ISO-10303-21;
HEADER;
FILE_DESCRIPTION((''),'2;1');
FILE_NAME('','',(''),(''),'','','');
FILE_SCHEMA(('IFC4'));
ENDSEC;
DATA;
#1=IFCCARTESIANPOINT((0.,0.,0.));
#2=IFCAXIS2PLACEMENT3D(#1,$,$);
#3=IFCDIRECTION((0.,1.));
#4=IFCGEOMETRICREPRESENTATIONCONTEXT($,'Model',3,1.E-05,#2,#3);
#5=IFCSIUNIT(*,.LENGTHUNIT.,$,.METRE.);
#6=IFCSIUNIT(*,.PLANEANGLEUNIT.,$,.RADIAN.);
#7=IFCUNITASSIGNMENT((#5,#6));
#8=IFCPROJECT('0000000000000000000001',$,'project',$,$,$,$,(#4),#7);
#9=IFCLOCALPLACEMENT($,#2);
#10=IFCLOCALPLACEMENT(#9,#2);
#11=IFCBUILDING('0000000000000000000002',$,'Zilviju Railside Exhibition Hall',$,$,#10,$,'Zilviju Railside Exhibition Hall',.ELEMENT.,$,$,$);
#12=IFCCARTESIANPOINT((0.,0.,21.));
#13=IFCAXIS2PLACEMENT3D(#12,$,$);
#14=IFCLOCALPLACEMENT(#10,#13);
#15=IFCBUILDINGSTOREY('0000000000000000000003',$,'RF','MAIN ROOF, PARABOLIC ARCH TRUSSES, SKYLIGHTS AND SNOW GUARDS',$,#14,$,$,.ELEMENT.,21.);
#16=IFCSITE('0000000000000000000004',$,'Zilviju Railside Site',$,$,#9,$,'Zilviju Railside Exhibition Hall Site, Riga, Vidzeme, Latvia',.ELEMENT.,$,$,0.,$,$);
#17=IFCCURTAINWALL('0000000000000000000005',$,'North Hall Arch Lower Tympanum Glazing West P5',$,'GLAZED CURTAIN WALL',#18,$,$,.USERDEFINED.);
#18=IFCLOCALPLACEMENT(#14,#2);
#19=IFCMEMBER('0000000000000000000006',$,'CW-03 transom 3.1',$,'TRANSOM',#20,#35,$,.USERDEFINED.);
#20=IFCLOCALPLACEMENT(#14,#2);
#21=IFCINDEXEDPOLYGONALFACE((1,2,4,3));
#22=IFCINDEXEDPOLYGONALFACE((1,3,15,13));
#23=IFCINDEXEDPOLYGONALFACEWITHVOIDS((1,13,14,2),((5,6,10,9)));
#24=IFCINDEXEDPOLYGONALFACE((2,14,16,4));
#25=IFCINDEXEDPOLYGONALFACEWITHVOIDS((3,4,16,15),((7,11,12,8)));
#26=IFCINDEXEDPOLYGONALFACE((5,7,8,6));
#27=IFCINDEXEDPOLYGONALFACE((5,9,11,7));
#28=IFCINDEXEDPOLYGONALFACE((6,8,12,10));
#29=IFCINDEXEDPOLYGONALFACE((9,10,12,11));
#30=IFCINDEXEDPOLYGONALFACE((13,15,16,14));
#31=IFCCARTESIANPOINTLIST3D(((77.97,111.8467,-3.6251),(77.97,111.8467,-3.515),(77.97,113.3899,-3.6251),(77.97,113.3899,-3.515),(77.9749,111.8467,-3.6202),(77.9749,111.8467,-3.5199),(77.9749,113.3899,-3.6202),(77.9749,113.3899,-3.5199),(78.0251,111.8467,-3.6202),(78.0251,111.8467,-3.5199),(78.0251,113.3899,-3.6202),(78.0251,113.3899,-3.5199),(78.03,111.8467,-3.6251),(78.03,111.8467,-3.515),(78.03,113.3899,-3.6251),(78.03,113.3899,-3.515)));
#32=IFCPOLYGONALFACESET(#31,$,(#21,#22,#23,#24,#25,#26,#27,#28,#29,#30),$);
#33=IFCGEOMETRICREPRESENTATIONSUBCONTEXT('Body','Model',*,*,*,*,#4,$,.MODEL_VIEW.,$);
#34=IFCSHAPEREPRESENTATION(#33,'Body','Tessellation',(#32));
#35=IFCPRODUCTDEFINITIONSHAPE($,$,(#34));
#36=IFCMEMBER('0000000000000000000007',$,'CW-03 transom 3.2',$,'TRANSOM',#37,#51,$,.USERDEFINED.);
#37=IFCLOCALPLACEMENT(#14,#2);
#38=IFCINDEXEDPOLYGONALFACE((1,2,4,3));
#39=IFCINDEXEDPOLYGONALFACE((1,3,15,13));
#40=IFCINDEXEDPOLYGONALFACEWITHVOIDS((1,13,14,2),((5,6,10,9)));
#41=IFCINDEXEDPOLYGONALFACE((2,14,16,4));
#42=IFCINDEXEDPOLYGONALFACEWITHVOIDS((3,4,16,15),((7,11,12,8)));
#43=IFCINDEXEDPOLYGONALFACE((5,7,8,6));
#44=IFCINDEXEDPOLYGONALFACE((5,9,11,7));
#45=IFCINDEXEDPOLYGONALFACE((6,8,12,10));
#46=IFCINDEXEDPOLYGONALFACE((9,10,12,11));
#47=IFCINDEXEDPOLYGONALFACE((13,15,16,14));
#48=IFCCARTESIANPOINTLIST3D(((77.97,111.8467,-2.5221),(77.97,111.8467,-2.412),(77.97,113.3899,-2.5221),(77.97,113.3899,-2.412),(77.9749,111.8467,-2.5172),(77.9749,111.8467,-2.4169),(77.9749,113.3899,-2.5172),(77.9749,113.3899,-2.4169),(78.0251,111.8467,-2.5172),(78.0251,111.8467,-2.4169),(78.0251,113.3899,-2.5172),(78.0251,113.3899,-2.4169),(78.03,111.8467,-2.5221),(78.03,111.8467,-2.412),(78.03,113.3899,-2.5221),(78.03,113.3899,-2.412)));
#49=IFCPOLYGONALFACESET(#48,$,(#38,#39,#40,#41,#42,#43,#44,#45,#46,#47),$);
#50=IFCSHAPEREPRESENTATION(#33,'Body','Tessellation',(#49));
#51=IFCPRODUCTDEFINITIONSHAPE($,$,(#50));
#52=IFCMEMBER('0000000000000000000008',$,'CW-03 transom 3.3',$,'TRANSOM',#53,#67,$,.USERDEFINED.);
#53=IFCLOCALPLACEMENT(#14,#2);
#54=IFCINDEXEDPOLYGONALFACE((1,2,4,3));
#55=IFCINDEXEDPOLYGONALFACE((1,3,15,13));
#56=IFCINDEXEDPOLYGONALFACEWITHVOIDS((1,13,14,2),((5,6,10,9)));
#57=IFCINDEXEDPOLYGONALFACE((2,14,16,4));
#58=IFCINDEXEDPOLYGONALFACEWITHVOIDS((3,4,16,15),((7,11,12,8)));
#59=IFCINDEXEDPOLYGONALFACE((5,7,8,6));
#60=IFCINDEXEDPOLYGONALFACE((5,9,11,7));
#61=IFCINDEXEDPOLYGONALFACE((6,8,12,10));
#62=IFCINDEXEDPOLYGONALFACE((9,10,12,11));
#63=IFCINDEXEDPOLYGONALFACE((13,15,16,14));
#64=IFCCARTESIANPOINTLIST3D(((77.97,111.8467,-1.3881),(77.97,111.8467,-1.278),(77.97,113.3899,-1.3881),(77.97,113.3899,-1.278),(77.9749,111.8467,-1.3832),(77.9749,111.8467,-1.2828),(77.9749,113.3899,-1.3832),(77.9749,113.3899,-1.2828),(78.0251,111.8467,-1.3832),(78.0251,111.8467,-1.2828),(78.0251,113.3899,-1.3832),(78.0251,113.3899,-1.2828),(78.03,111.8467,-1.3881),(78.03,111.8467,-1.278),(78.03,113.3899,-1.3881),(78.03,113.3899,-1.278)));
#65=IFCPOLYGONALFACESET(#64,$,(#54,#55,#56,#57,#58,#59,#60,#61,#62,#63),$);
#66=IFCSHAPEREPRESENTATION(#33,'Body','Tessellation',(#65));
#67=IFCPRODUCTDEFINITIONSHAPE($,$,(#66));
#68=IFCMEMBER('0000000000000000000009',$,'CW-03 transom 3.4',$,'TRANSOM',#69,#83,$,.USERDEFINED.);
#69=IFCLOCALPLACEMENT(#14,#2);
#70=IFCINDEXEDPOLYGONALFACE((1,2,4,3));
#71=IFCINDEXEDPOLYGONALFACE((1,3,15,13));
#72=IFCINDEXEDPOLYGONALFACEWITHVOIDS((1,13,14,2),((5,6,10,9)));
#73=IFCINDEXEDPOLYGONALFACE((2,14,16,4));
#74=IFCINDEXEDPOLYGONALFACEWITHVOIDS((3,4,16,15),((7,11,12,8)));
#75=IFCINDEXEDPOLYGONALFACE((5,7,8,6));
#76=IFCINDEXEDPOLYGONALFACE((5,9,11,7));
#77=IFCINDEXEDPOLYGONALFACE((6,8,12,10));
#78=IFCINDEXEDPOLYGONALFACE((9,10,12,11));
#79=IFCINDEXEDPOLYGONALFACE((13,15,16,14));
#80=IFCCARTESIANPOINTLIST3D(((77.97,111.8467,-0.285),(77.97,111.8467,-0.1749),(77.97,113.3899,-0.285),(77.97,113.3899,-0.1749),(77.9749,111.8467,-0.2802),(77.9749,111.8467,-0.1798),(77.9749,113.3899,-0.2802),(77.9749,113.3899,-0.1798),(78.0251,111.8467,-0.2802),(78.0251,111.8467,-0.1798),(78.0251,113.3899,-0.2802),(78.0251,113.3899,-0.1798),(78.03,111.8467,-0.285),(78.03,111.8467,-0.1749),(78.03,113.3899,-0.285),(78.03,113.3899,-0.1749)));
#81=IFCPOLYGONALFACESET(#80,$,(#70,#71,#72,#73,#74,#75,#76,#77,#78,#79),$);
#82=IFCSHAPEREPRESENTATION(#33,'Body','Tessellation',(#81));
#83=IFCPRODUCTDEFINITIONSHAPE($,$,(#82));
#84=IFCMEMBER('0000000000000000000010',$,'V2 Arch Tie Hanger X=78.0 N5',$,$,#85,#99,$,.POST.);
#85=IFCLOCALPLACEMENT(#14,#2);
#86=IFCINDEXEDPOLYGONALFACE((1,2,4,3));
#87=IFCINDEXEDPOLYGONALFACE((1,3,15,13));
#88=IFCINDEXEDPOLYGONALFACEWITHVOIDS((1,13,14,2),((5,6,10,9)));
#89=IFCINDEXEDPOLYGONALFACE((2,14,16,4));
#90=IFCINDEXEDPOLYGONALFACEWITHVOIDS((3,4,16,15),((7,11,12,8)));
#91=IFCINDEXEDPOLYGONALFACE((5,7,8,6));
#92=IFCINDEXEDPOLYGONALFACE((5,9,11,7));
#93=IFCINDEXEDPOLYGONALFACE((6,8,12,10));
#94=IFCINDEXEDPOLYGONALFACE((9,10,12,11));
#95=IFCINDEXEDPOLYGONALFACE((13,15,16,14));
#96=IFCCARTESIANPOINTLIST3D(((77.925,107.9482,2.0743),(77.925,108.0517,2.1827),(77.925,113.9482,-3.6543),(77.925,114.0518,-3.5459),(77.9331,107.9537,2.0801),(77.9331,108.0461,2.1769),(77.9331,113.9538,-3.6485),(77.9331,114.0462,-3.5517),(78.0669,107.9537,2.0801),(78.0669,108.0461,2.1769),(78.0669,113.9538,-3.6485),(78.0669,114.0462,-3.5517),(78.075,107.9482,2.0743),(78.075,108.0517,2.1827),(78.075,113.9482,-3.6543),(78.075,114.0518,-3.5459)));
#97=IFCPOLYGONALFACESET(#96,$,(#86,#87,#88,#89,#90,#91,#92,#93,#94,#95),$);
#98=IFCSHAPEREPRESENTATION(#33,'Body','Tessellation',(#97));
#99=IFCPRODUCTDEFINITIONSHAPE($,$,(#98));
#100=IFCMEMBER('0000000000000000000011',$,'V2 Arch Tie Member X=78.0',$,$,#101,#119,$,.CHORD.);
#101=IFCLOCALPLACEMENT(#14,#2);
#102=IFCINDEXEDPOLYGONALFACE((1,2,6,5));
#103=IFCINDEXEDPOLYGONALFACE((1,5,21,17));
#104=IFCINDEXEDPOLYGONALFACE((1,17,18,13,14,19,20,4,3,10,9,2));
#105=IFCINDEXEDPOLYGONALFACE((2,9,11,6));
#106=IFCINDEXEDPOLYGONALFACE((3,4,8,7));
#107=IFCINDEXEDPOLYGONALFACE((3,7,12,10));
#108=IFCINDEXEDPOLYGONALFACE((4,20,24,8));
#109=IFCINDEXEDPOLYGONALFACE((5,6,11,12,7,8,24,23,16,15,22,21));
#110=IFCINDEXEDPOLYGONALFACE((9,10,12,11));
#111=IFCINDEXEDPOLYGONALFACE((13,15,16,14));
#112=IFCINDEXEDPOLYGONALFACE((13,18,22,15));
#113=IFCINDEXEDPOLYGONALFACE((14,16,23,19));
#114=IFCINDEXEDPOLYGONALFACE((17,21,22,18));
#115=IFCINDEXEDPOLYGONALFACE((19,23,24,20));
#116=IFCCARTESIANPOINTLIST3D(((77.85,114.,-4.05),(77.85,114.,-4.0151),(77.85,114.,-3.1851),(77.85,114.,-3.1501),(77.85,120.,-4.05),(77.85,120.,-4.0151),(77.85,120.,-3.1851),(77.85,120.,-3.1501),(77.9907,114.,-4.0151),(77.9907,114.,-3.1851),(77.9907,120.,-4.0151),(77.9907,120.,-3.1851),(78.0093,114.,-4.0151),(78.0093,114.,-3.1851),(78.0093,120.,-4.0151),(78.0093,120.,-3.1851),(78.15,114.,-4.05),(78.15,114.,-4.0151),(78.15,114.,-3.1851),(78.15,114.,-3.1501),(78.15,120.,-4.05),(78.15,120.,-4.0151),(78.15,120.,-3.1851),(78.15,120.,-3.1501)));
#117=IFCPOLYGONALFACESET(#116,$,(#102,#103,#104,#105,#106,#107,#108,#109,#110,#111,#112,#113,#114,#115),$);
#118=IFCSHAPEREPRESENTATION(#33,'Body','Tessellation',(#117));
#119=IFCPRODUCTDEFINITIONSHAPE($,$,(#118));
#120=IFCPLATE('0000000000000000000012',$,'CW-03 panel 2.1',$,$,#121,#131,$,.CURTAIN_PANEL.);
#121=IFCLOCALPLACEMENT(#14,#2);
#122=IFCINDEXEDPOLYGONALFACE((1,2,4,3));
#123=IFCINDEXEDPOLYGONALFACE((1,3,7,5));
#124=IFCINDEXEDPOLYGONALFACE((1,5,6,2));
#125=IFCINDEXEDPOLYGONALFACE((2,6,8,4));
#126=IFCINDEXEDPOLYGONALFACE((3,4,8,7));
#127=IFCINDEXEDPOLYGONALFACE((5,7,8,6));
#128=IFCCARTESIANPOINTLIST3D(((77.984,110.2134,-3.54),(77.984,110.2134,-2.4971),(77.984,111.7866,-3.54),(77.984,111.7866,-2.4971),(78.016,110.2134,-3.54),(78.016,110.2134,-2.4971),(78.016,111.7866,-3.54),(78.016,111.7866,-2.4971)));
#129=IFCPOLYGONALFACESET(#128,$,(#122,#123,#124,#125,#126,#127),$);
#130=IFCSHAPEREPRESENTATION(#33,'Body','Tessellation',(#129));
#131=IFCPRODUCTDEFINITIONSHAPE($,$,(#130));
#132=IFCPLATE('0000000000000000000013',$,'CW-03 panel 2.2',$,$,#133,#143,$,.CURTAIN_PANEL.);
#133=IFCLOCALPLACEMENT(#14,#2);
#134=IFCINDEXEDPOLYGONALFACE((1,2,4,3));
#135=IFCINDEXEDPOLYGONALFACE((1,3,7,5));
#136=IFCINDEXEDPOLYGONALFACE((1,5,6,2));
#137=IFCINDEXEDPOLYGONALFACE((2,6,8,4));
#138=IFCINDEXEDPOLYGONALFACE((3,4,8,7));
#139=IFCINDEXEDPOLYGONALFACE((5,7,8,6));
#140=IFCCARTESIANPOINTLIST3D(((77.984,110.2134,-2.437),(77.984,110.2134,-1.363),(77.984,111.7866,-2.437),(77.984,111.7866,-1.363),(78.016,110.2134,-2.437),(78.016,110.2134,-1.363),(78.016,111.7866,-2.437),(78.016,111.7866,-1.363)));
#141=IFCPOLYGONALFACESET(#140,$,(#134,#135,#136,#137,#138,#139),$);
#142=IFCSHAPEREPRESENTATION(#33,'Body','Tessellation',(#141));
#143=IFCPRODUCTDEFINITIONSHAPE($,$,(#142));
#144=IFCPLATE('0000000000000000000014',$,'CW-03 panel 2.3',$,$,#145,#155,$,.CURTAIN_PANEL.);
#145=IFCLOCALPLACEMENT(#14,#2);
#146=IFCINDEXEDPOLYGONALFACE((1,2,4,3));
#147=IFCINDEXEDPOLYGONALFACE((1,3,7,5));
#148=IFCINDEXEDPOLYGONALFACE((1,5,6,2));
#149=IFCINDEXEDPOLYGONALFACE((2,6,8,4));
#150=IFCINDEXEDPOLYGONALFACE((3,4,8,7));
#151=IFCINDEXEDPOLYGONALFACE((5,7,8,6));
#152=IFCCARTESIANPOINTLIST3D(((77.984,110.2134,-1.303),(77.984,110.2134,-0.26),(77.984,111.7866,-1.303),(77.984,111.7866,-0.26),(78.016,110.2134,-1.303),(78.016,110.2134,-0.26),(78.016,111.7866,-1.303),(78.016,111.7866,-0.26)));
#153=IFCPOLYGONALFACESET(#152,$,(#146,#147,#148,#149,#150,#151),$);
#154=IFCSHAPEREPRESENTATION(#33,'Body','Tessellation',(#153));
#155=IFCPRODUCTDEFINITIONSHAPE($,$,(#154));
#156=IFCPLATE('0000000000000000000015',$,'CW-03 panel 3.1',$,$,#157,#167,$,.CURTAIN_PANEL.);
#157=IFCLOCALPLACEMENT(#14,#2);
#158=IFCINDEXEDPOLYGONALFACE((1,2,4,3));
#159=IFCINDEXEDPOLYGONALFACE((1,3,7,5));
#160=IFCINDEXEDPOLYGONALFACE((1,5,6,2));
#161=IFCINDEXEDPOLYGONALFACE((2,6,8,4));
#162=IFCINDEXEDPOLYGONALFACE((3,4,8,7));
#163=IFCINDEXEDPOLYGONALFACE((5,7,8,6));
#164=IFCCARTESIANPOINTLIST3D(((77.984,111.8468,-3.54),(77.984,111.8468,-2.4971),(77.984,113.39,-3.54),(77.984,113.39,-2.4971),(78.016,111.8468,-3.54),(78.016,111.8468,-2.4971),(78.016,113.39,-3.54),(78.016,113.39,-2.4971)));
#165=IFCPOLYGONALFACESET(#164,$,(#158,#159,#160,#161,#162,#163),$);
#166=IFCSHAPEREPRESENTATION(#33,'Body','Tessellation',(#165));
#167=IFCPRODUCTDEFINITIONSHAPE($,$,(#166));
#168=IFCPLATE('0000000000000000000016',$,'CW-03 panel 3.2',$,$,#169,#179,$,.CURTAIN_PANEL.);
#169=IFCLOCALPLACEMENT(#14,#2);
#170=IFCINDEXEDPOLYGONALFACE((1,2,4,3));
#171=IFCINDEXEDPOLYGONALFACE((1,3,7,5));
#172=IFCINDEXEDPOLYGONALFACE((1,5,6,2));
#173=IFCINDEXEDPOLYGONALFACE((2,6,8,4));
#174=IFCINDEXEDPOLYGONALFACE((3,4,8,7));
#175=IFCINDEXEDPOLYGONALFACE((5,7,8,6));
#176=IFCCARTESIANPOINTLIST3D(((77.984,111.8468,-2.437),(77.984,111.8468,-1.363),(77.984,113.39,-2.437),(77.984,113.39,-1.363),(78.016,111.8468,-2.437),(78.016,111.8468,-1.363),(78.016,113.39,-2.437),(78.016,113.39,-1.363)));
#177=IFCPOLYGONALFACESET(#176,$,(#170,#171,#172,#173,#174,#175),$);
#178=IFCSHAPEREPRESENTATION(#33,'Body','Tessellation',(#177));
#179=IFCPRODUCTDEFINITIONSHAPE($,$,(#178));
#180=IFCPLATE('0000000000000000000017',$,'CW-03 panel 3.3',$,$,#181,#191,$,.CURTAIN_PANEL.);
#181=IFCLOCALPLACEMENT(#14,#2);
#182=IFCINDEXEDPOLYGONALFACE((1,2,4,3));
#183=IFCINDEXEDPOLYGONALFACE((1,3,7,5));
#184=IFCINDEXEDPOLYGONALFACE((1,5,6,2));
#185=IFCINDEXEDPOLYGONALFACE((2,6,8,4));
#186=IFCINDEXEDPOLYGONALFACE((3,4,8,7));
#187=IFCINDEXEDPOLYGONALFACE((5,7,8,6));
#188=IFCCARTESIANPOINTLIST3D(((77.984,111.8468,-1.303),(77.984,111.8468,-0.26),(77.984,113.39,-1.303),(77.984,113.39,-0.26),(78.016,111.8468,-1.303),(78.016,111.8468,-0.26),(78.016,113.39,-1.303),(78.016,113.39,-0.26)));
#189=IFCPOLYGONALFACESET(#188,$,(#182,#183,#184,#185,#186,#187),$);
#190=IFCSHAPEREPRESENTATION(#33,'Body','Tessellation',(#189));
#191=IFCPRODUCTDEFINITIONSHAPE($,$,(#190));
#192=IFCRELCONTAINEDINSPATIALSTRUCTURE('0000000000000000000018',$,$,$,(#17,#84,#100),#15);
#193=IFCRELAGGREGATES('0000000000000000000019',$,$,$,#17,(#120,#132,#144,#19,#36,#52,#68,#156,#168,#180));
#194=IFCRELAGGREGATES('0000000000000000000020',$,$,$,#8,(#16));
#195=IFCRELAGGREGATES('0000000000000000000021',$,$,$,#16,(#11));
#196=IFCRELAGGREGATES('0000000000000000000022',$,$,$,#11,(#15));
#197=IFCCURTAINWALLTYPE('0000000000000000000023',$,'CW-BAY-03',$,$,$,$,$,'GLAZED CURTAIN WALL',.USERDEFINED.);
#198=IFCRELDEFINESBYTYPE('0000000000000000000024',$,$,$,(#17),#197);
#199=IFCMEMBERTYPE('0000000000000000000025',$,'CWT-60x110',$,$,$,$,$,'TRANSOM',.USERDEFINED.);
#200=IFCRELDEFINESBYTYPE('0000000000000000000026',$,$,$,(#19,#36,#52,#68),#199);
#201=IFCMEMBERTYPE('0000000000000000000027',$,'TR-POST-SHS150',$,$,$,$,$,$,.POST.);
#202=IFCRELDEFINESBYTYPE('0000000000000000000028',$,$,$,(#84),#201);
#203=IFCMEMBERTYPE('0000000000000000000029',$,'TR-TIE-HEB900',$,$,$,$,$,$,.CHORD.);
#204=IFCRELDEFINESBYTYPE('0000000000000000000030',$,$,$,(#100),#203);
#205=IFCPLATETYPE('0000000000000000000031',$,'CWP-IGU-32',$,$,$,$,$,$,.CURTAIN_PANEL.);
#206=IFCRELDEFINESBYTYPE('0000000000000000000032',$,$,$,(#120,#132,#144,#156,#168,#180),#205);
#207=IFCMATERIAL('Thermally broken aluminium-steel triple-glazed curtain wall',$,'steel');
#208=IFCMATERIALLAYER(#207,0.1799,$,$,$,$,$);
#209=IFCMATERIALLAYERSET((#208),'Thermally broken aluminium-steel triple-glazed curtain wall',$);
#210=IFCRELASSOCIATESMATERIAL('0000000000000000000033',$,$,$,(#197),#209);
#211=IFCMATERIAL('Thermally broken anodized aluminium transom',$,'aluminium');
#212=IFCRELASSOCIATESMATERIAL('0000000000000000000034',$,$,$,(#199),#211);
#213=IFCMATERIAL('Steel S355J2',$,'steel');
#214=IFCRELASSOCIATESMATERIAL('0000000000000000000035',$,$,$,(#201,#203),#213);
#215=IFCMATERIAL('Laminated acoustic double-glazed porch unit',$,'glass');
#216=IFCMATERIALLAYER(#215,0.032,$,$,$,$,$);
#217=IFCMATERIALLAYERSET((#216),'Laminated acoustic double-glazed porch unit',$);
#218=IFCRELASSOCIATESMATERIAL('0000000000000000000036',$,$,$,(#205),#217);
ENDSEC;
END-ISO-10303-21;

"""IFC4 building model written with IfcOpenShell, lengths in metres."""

from ifc_helpers import new_model, si_unit, direction, frame, origin, origin_2d, place, context, subcontext, project, spatial, rectangle, hollow_rectangle, i_section, extrude, material, layer, layer_set, material_profile, profile_set, type_object, element, aggregate, save


model = new_model("IFC4")

# Units and contexts
model_context = context("Model", 3, precision=1e-05, world=origin(), true_north=direction((0.0, 1.0)))
body_context = subcontext(model_context, "Body", "Model", "MODEL_VIEW")
ifc_project = project(units=[si_unit("LENGTHUNIT", "METRE"), si_unit("PLANEANGLEUNIT", "RADIAN")], contexts=[model_context])

# Site, building, storey
site_placement = place(None, origin())
site = spatial("IfcSite", under=ifc_project, at=site_placement, Name="Zilviju Railside Site", LongName="Zilviju Railside Exhibition Hall Site, Riga, Vidzeme, Latvia", CompositionType="ELEMENT", RefElevation=0.0)
building_placement = place(site_placement, origin())
building = spatial("IfcBuilding", under=site, at=building_placement, Name="Zilviju Railside Exhibition Hall", LongName="Zilviju Railside Exhibition Hall", CompositionType="ELEMENT")
storey_placement = place(building_placement, frame((0.0, 0.0, 21.0)))
storey = spatial("IfcBuildingStorey", under=building, at=storey_placement, Name="RF", Description="MAIN ROOF, PARABOLIC ARCH TRUSSES, SKYLIGHTS AND SNOW GUARDS", CompositionType="ELEMENT", Elevation=21.0)

# Curtain wall
ifc_material_1 = material(Name="Thermally broken aluminium-steel triple-glazed curtain wall", Category="steel")
ifc_layer_1 = layer(ifc_material_1, 0.1799)
ifc_layer_set_1 = layer_set([ifc_layer_1], Name="Thermally broken aluminium-steel triple-glazed curtain wall")
curtain_wall_type_1 = type_object("IfcCurtainWallType", Name="CW-BAY-03", ElementType="GLAZED CURTAIN WALL", PredefinedType="USERDEFINED", material=ifc_layer_set_1)
curtain_wall_1_placement = place(storey_placement, origin())
curtain_wall_1 = element("IfcCurtainWall", 1, at=curtain_wall_1_placement, inside=storey, type_object=curtain_wall_type_1, Name="North Hall Arch Lower Tympanum Glazing West P5", ObjectType="GLAZED CURTAIN WALL", PredefinedType="USERDEFINED")

# Members
ifc_material_2 = material(Name="Thermally broken anodized aluminium transom", Category="aluminium")
ifc_material_profile_1 = material_profile(ifc_material_2, hollow_rectangle(XDim=0.0601, YDim=0.1101, WallThickness=0.0049, at=origin_2d()), Name="TRANSOM 110x60x5")
ifc_profile_set_1 = profile_set([ifc_material_profile_1], Name="Thermally broken anodized aluminium transom")
member_type_1 = type_object("IfcMemberType", Name="CWT-60x110", ElementType="TRANSOM", PredefinedType="USERDEFINED", material=ifc_profile_set_1)
member_1_placement = place(storey_placement, frame((78.0, 111.8467, -3.5701), z_axis=(0.0, 1.0, 0.0), x_axis=(-1.0, 0.0, 0.0)))
member_1 = element("IfcMember", 2, at=member_1_placement, type_object=member_type_1, Name="CW-03 transom 3.1", ObjectType="TRANSOM", PredefinedType="USERDEFINED", context=body_context, shape_type="SweptSolid", body=[
    extrude(hollow_rectangle(XDim=0.0601, YDim=0.1101, WallThickness=0.0049, at=origin_2d()), origin(), (0.0, 0.0, 1.0), 1.5432),
])
member_2_placement = place(storey_placement, frame((78.0, 111.8467, -2.467), z_axis=(0.0, 1.0, 0.0), x_axis=(-1.0, 0.0, 0.0)))
member_2 = element("IfcMember", 3, at=member_2_placement, type_object=member_type_1, Name="CW-03 transom 3.2", ObjectType="TRANSOM", PredefinedType="USERDEFINED", context=body_context, shape_type="SweptSolid", body=[
    extrude(hollow_rectangle(XDim=0.0601, YDim=0.1101, WallThickness=0.0049, at=origin_2d()), origin(), (0.0, 0.0, 1.0), 1.5432),
])
member_3_placement = place(storey_placement, frame((78.0, 111.8467, -1.333), z_axis=(0.0, 1.0, 0.0), x_axis=(-1.0, 0.0, 0.0)))
member_3 = element("IfcMember", 4, at=member_3_placement, type_object=member_type_1, Name="CW-03 transom 3.3", ObjectType="TRANSOM", PredefinedType="USERDEFINED", context=body_context, shape_type="SweptSolid", body=[
    extrude(hollow_rectangle(XDim=0.0601, YDim=0.1101, WallThickness=0.0049, at=origin_2d()), origin(), (0.0, 0.0, 1.0), 1.5432),
])
member_4_placement = place(storey_placement, frame((78.0, 111.8467, -0.23), z_axis=(0.0, 1.0, 0.0), x_axis=(-1.0, 0.0, 0.0)))
member_4 = element("IfcMember", 5, at=member_4_placement, type_object=member_type_1, Name="CW-03 transom 3.4", ObjectType="TRANSOM", PredefinedType="USERDEFINED", context=body_context, shape_type="SweptSolid", body=[
    extrude(hollow_rectangle(XDim=0.0601, YDim=0.1101, WallThickness=0.0049, at=origin_2d()), origin(), (0.0, 0.0, 1.0), 1.5432),
])

# Members
ifc_material_3 = material(Name="Steel S355J2", Category="steel")
ifc_material_profile_2 = material_profile(ifc_material_3, hollow_rectangle(XDim=0.1499, YDim=0.1499, WallThickness=0.0081, at=origin_2d()), Name="SHS 150x150x8.0")
ifc_profile_set_2 = profile_set([ifc_material_profile_2], Name="Steel S355J2")
member_type_2 = type_object("IfcMemberType", Name="TR-POST-SHS150", PredefinedType="POST", material=ifc_profile_set_2)
member_5_placement = place(storey_placement, frame((78.0, 114.0, -3.6001), z_axis=(0.0, -0.723281, 0.690554), x_axis=(1.0, 0.0, 0.0)))
element("IfcMember", 6, at=member_5_placement, inside=storey, type_object=member_type_2, Name="V2 Arch Tie Hanger X=78.0 N5", PredefinedType="POST", context=body_context, shape_type="SweptSolid", body=[
    extrude(hollow_rectangle(XDim=0.1499, YDim=0.1499, WallThickness=0.0081, at=origin_2d()), origin(), (0.0, 0.0, 1.0), 8.2957),
])
ifc_material_profile_3 = material_profile(ifc_material_3, i_section(OverallWidth=0.3, OverallDepth=0.8999, WebThickness=0.0186, FlangeThickness=0.0349, at=origin_2d()), Name="HEB 900")
ifc_profile_set_3 = profile_set([ifc_material_profile_3], Name="Steel S355J2")
member_type_3 = type_object("IfcMemberType", Name="TR-TIE-HEB900", PredefinedType="CHORD", material=ifc_profile_set_3)
member_6_placement = place(storey_placement, frame((78.0, 114.0, -3.6001), z_axis=(0.0, 1.0, 0.0), x_axis=(-1.0, 0.0, 0.0)))
element("IfcMember", 7, at=member_6_placement, inside=storey, type_object=member_type_3, Name="V2 Arch Tie Member X=78.0", PredefinedType="CHORD", context=body_context, shape_type="SweptSolid", body=[
    extrude(i_section(OverallWidth=0.3, OverallDepth=0.8999, WebThickness=0.0186, FlangeThickness=0.0349, at=origin_2d()), origin(), (0.0, 0.0, 1.0), 6.0),
])

# Plates
ifc_material_4 = material(Name="Laminated acoustic double-glazed porch unit", Category="glass")
ifc_layer_2 = layer(ifc_material_4, 0.032)
ifc_layer_set_2 = layer_set([ifc_layer_2], Name="Laminated acoustic double-glazed porch unit")
plate_type = type_object("IfcPlateType", Name="CWP-IGU-32", PredefinedType="CURTAIN_PANEL", material=ifc_layer_set_2)
plate_1_placement = place(storey_placement, frame((78.0, 111.0, -3.54), z_axis=(0.0, 0.0, 1.0), x_axis=(0.0, 1.0, 0.0)))
plate_1 = element("IfcPlate", 8, at=plate_1_placement, type_object=plate_type, Name="CW-03 panel 2.1", PredefinedType="CURTAIN_PANEL", context=body_context, shape_type="SweptSolid", body=[
    extrude(rectangle(XDim=1.5732, YDim=0.032, at=origin_2d()), origin(), (0.0, 0.0, 1.0), 1.043),
])
plate_2_placement = place(storey_placement, frame((78.0, 111.0, -2.437), z_axis=(0.0, 0.0, 1.0), x_axis=(0.0, 1.0, 0.0)))
plate_2 = element("IfcPlate", 9, at=plate_2_placement, type_object=plate_type, Name="CW-03 panel 2.2", PredefinedType="CURTAIN_PANEL", context=body_context, shape_type="SweptSolid", body=[
    extrude(rectangle(XDim=1.5732, YDim=0.032, at=origin_2d()), origin(), (0.0, 0.0, 1.0), 1.074),
])
plate_3_placement = place(storey_placement, frame((78.0, 111.0, -1.303), z_axis=(0.0, 0.0, 1.0), x_axis=(0.0, 1.0, 0.0)))
plate_3 = element("IfcPlate", 10, at=plate_3_placement, type_object=plate_type, Name="CW-03 panel 2.3", PredefinedType="CURTAIN_PANEL", context=body_context, shape_type="SweptSolid", body=[
    extrude(rectangle(XDim=1.5732, YDim=0.032, at=origin_2d()), origin(), (0.0, 0.0, 1.0), 1.043),
])
plate_4_placement = place(storey_placement, frame((78.0, 112.6184, -3.54), z_axis=(0.0, 0.0, 1.0), x_axis=(0.0, 1.0, 0.0)))
plate_4 = element("IfcPlate", 11, at=plate_4_placement, type_object=plate_type, Name="CW-03 panel 3.1", PredefinedType="CURTAIN_PANEL", context=body_context, shape_type="SweptSolid", body=[
    extrude(rectangle(XDim=1.5432, YDim=0.032, at=origin_2d()), origin(), (0.0, 0.0, 1.0), 1.043),
])
plate_5_placement = place(storey_placement, frame((78.0, 112.6184, -2.437), z_axis=(0.0, 0.0, 1.0), x_axis=(0.0, 1.0, 0.0)))
plate_5 = element("IfcPlate", 12, at=plate_5_placement, type_object=plate_type, Name="CW-03 panel 3.2", PredefinedType="CURTAIN_PANEL", context=body_context, shape_type="SweptSolid", body=[
    extrude(rectangle(XDim=1.5432, YDim=0.032, at=origin_2d()), origin(), (0.0, 0.0, 1.0), 1.074),
])
plate_6_placement = place(storey_placement, frame((78.0, 112.6184, -1.303), z_axis=(0.0, 0.0, 1.0), x_axis=(0.0, 1.0, 0.0)))
plate_6 = element("IfcPlate", 13, at=plate_6_placement, type_object=plate_type, Name="CW-03 panel 3.3", PredefinedType="CURTAIN_PANEL", context=body_context, shape_type="SweptSolid", body=[
    extrude(rectangle(XDim=1.5432, YDim=0.032, at=origin_2d()), origin(), (0.0, 0.0, 1.0), 1.043),
])
aggregate(curtain_wall_1, [plate_1, plate_2, plate_3, member_1, member_2, member_3, member_4, plate_4, plate_5, plate_6])

save(model, "model.ifc")
